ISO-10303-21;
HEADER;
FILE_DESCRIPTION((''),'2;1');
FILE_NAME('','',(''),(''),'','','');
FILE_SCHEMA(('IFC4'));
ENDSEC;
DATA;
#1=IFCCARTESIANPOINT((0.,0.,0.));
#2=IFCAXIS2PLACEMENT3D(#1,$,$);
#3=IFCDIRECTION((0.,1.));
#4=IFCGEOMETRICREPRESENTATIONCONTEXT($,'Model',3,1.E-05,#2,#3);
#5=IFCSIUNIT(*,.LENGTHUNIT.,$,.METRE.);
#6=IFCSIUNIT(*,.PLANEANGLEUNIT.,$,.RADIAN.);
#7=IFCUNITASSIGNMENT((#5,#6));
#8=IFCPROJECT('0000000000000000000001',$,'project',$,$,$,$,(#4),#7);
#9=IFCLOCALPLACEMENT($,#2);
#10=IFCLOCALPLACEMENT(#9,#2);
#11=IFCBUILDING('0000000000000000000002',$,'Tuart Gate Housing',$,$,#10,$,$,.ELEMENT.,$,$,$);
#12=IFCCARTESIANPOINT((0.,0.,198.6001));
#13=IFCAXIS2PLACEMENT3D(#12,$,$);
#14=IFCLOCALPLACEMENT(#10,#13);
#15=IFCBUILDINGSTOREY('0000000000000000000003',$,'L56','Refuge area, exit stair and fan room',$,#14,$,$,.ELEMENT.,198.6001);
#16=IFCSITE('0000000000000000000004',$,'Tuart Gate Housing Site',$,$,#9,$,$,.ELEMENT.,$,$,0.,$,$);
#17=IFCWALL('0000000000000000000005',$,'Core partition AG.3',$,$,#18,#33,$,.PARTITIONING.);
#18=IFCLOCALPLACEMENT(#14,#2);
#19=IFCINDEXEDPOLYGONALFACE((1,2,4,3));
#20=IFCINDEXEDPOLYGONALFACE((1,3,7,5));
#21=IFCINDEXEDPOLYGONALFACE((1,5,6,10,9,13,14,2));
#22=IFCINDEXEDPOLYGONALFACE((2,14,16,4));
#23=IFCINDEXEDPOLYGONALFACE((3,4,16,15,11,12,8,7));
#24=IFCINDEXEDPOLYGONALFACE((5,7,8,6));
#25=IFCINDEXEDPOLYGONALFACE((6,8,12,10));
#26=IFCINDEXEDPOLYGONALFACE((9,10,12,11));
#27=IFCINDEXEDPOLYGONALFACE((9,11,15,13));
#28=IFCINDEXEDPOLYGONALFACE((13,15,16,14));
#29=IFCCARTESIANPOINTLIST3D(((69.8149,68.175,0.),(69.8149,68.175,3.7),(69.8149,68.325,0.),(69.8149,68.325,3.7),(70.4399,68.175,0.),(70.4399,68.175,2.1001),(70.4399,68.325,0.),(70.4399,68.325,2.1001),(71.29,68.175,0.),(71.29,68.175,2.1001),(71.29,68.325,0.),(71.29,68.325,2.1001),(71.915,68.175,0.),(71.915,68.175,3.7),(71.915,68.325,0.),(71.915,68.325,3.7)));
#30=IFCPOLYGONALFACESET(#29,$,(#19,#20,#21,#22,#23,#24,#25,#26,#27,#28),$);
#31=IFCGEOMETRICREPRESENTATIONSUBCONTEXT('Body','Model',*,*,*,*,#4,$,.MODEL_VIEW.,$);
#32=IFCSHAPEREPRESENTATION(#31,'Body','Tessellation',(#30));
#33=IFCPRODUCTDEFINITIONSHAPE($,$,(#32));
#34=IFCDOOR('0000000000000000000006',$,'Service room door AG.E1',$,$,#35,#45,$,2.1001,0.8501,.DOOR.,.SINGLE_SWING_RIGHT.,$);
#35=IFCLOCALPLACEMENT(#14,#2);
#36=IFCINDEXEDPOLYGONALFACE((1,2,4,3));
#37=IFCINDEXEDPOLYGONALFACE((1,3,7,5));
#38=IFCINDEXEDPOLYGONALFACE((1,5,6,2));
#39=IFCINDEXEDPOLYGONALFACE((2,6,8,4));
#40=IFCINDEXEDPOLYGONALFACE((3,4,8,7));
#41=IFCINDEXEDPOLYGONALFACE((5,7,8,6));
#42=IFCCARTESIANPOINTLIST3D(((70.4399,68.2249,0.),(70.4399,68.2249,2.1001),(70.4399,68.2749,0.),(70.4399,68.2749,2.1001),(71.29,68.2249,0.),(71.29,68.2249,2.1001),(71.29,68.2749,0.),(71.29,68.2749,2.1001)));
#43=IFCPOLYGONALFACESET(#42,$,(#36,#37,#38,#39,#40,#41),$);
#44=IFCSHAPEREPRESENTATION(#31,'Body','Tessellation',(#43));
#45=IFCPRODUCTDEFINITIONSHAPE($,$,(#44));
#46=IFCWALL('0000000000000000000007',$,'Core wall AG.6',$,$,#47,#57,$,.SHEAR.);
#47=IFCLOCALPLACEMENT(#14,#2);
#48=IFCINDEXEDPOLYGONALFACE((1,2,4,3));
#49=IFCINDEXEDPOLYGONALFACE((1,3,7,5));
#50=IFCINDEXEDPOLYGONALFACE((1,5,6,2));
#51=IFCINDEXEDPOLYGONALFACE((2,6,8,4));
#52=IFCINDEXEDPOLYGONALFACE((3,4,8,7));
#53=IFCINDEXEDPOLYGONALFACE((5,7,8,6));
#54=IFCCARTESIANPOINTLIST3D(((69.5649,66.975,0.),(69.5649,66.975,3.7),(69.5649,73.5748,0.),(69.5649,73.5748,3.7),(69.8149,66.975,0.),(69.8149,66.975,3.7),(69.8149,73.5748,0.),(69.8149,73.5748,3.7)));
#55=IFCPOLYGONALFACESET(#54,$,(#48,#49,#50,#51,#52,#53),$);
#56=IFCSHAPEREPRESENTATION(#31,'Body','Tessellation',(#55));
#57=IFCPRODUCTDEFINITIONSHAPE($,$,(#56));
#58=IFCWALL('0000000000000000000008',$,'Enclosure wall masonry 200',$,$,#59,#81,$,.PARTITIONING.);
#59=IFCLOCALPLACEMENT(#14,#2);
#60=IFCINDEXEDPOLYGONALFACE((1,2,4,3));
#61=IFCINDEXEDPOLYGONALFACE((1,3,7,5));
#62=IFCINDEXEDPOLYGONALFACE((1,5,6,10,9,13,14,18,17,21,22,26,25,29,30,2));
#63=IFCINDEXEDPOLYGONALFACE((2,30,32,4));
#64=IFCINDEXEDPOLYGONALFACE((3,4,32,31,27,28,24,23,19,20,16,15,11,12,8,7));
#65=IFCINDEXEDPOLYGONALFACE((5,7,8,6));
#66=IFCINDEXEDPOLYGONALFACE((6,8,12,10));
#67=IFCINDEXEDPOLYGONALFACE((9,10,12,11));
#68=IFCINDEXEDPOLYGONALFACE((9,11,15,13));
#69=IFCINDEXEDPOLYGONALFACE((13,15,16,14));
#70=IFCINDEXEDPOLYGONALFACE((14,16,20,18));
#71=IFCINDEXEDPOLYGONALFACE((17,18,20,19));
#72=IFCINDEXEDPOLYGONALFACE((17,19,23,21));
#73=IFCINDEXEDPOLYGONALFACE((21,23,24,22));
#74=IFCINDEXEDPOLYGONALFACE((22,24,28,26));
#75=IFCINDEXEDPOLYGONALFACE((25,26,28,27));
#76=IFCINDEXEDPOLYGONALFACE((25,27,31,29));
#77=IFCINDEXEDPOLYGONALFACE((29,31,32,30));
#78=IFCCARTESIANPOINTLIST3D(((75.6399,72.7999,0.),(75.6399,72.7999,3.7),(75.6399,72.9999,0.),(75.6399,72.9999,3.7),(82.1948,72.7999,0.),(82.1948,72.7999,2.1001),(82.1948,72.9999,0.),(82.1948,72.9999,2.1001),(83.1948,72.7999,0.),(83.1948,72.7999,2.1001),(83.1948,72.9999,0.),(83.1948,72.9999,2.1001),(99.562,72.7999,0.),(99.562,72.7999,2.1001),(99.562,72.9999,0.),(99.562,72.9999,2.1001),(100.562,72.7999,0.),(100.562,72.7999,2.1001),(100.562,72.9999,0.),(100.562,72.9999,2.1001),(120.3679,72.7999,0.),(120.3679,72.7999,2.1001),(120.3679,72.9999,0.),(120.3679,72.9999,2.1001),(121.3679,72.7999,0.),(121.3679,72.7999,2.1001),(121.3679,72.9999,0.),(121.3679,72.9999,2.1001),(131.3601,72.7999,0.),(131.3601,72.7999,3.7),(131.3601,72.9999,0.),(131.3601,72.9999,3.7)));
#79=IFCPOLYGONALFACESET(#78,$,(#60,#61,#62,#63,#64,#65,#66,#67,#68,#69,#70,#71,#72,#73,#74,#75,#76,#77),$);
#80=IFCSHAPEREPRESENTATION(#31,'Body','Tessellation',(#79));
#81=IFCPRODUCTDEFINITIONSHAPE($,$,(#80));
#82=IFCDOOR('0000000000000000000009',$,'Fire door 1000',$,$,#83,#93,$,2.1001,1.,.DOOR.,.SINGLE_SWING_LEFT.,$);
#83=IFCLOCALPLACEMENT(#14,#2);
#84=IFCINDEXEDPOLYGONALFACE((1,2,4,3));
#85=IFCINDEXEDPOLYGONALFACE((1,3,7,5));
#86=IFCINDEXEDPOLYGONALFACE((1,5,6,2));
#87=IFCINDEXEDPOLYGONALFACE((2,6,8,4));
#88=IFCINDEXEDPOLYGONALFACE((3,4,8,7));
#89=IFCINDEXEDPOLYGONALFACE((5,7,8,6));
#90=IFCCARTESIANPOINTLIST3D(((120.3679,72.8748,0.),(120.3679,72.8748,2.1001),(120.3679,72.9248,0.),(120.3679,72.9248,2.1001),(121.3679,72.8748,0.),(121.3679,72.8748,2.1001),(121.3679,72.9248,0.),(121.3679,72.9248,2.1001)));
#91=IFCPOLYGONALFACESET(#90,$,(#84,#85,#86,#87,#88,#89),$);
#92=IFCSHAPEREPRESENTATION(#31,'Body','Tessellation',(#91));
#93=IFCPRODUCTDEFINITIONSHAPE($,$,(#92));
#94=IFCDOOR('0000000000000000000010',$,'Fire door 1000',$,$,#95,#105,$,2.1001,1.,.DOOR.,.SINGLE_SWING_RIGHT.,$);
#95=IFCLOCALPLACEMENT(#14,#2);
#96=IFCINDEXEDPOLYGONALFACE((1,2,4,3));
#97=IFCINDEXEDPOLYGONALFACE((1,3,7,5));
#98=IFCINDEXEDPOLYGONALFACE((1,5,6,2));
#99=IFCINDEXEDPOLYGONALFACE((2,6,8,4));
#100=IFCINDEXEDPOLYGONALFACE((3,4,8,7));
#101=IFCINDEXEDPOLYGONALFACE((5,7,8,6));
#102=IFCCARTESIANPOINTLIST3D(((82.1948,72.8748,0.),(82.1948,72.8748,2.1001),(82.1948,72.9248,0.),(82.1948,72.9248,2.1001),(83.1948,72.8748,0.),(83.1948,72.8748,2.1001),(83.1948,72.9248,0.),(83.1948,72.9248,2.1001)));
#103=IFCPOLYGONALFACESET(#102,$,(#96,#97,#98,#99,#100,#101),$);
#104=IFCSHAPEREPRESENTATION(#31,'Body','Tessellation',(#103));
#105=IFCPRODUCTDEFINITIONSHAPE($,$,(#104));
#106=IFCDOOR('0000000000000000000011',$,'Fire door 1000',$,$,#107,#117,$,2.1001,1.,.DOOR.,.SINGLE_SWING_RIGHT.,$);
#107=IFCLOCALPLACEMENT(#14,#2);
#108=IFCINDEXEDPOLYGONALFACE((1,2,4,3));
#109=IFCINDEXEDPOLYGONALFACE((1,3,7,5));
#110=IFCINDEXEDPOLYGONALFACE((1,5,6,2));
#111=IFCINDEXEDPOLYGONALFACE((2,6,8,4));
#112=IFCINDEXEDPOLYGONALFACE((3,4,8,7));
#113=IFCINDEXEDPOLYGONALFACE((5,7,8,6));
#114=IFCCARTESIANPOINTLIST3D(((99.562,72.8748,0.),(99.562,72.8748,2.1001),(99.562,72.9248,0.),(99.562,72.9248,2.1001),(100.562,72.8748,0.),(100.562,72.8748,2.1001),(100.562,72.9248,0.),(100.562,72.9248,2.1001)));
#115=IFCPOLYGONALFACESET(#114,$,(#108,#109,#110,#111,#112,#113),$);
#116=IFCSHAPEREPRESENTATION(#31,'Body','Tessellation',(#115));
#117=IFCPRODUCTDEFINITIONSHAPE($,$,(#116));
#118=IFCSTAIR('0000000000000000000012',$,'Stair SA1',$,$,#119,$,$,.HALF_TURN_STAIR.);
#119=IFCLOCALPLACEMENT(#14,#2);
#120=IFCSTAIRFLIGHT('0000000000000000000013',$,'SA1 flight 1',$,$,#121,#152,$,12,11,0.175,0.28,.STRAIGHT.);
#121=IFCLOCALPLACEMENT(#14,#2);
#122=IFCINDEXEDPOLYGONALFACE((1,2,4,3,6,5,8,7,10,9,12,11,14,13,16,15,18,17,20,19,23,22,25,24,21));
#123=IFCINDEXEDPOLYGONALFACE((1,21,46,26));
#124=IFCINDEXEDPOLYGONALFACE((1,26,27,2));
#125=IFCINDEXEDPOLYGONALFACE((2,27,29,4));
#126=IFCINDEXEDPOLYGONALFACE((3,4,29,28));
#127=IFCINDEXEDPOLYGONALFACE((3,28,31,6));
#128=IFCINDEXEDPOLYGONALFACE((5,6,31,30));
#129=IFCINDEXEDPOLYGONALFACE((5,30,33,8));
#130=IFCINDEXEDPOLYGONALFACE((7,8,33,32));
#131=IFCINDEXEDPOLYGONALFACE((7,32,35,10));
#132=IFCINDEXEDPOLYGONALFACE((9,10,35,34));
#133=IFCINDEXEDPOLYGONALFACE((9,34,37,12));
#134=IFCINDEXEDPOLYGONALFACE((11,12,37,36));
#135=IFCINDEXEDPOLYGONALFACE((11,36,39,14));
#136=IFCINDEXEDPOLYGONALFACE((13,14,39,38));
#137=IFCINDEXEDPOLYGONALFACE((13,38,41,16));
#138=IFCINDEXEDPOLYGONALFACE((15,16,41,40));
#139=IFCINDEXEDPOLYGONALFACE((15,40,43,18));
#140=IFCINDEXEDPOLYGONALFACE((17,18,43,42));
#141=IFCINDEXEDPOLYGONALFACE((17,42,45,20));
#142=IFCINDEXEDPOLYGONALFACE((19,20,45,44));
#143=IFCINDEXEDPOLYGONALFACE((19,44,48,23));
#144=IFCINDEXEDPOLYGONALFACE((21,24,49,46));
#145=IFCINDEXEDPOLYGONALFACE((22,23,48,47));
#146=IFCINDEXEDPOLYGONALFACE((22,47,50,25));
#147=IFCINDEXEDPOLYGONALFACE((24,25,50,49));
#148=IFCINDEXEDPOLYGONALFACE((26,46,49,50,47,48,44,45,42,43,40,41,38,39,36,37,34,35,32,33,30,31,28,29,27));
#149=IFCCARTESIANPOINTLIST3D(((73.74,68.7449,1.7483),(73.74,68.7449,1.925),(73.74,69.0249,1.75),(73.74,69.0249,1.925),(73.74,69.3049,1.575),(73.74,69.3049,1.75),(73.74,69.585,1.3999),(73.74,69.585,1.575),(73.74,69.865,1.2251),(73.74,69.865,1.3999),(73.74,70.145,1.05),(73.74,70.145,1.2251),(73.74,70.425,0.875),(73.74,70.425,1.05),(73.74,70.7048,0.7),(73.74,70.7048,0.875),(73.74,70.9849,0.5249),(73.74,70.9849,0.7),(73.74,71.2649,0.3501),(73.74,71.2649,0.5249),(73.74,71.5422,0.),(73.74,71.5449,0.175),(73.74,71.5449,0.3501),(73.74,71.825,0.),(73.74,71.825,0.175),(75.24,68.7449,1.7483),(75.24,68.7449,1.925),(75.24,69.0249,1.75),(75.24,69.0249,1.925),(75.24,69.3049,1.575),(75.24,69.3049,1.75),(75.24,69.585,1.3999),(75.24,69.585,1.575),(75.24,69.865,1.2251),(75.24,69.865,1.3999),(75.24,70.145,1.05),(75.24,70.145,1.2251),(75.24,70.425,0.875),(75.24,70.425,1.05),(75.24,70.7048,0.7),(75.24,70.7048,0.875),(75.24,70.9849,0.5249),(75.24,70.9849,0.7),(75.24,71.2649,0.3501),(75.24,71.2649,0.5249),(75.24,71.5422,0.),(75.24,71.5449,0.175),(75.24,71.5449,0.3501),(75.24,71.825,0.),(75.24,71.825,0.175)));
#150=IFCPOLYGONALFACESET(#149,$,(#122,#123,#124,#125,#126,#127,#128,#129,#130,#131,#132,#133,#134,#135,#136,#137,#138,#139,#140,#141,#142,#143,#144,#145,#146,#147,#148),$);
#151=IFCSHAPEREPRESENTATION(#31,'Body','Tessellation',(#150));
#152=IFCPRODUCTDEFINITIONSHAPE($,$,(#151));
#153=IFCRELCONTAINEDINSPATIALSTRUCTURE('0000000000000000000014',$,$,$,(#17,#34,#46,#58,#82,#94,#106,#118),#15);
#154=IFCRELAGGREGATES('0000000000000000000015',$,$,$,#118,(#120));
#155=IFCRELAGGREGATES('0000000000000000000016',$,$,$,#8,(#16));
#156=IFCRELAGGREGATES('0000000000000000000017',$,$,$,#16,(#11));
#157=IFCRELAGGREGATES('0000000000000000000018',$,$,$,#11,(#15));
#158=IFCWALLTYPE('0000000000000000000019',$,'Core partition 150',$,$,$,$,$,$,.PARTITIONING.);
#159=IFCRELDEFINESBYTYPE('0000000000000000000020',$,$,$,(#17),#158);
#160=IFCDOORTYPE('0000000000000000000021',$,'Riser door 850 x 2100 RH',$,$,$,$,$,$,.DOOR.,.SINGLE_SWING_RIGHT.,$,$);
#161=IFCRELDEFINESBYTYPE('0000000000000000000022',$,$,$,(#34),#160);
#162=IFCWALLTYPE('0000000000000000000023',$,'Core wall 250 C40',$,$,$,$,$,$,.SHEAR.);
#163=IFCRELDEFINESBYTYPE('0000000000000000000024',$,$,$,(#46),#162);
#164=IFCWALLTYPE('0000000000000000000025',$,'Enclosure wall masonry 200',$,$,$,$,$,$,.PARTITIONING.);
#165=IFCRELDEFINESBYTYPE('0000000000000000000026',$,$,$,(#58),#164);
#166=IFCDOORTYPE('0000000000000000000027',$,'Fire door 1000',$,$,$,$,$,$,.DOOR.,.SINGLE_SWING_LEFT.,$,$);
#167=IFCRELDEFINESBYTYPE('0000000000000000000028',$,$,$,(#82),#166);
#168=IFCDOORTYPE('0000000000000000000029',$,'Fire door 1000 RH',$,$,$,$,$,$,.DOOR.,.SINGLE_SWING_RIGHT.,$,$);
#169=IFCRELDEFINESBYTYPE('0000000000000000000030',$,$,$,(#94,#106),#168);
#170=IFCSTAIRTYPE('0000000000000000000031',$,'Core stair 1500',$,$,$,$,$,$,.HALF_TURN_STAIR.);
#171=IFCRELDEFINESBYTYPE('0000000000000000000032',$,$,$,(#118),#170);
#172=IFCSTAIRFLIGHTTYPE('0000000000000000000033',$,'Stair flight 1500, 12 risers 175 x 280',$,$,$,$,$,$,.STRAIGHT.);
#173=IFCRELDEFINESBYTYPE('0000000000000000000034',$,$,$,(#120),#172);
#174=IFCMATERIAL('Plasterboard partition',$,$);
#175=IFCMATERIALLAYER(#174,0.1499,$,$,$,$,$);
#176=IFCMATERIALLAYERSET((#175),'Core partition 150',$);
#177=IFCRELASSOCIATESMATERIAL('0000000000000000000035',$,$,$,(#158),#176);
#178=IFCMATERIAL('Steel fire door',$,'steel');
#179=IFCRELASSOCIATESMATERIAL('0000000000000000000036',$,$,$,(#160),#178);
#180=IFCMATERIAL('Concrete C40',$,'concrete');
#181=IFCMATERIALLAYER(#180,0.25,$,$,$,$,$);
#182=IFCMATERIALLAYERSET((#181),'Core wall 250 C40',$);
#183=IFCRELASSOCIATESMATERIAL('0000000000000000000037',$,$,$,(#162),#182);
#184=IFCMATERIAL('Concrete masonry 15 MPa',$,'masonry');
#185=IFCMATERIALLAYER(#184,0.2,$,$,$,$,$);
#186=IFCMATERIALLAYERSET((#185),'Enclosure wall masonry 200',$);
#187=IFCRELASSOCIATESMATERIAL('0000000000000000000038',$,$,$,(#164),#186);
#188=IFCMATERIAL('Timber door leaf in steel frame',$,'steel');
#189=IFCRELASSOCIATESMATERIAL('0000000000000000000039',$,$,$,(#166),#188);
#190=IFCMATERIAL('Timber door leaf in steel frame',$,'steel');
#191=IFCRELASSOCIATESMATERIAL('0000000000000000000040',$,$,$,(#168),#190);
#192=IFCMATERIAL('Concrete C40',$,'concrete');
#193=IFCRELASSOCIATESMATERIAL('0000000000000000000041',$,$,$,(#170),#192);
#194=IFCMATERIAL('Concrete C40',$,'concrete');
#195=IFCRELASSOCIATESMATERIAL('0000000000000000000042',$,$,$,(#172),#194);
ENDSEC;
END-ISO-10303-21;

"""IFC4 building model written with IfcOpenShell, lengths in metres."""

from ifc_helpers import new_model, si_unit, direction, frame, frame_2d, origin, place, context, subcontext, project, spatial, polyline, rectangle, outline, extrude, material, layer, layer_set, type_object, element, fill, aggregate, save


model = new_model("IFC4")

# Units and contexts
model_context = context("Model", 3, precision=1e-05, world=origin(), true_north=direction((0.0, 1.0)))
body_context = subcontext(model_context, "Body", "Model", "MODEL_VIEW")
ifc_project = project(units=[si_unit("LENGTHUNIT", "METRE"), si_unit("PLANEANGLEUNIT", "RADIAN")], contexts=[model_context])

# Site, building, storey
site_placement = place(None, origin())
site = spatial("IfcSite", under=ifc_project, at=site_placement, Name="Tuart Gate Housing Site", CompositionType="ELEMENT", RefElevation=0.0)
building_placement = place(site_placement, origin())
building = spatial("IfcBuilding", under=site, at=building_placement, Name="Tuart Gate Housing", CompositionType="ELEMENT")
storey_placement = place(building_placement, frame((0.0, 0.0, 198.6001)))
storey = spatial("IfcBuildingStorey", under=building, at=storey_placement, Name="L56", Description="Refuge area, exit stair and fan room", CompositionType="ELEMENT", Elevation=198.6001)

# Wall, opening, door
ifc_material_1 = material(Name="Plasterboard partition")
ifc_layer_1 = layer(ifc_material_1, 0.1499)
ifc_layer_set_1 = layer_set([ifc_layer_1], Name="Core partition 150")
wall_type_1 = type_object("IfcWallType", Name="Core partition 150", PredefinedType="PARTITIONING", material=ifc_layer_set_1)
wall_1_placement = place(storey_placement, frame((69.8149, 68.25, 0.0), z_axis=(0.0, 0.0, 1.0), x_axis=(1.0, 0.0, 0.0)))
wall_1 = element("IfcWall", 1, at=wall_1_placement, inside=storey, type_object=wall_type_1, Name="Core partition AG.3", PredefinedType="PARTITIONING", context=body_context, shape_type="SweptSolid", body=[
    extrude(rectangle(XDim=2.1001, YDim=0.1499, at=frame_2d((1.05, 0.0))), origin(), (0.0, 0.0, 1.0), 3.7),
])
opening_1_placement = place(wall_1_placement, frame((0.625, 0.0, 0.0)))
opening_1 = element("IfcOpeningElement", 2, at=opening_1_placement, cuts=wall_1, PredefinedType="OPENING", context=body_context, shape_type="SweptSolid", body=[
    extrude(rectangle(XDim=0.8501, YDim=2.1001, at=frame_2d((0.425, 1.05))), frame((0.0, 0.085, 0.0), z_axis=(0.0, -1.0, 0.0), x_axis=(1.0, 0.0, 0.0)), (0.0, 0.0, 1.0), 0.1699),
])
ifc_material_2 = material(Name="Steel fire door", Category="steel")
door_type_1 = type_object("IfcDoorType", Name="Riser door 850 x 2100 RH", OperationType="SINGLE_SWING_RIGHT", PredefinedType="DOOR", material=ifc_material_2)
door_1_placement = place(opening_1_placement, frame((0.8501, 0.0, 0.0), z_axis=(0.0, 0.0, 1.0), x_axis=(-1.0, 0.0, 0.0)))
door_1 = element("IfcDoor", 3, at=door_1_placement, inside=storey, type_object=door_type_1, Name="Service room door AG.E1", OperationType="SINGLE_SWING_RIGHT", OverallHeight=2.1001, OverallWidth=0.8501, PredefinedType="DOOR", context=body_context, shape_type="SweptSolid", body=[
    extrude(rectangle(XDim=0.8501, YDim=2.1001, at=frame_2d((0.425, 1.05))), frame((0.0, 0.0251, 0.0), z_axis=(0.0, -1.0, 0.0), x_axis=(1.0, 0.0, 0.0)), (0.0, 0.0, 1.0), 0.05),
])
fill(opening_1, door_1)

# Wall
ifc_material_3 = material(Name="Concrete C40", Category="concrete")
ifc_layer_2 = layer(ifc_material_3, 0.25)
ifc_layer_set_2 = layer_set([ifc_layer_2], Name="Core wall 250 C40")
wall_type_2 = type_object("IfcWallType", Name="Core wall 250 C40", PredefinedType="SHEAR", material=ifc_layer_set_2)
wall_2_placement = place(storey_placement, frame((69.6899, 66.9751, 0.0), z_axis=(0.0, 0.0, 1.0), x_axis=(0.0, 1.0, 0.0)))
element("IfcWall", 4, at=wall_2_placement, inside=storey, type_object=wall_type_2, Name="Core wall AG.6", PredefinedType="SHEAR", context=body_context, shape_type="SweptSolid", body=[
    extrude(rectangle(XDim=6.5999, YDim=0.25, at=frame_2d((3.2998, 0.0))), origin(), (0.0, 0.0, 1.0), 3.7),
])

# Wall, openings, doors
ifc_material_4 = material(Name="Concrete masonry 15 MPa", Category="masonry")
ifc_layer_3 = layer(ifc_material_4, 0.2)
ifc_layer_set_3 = layer_set([ifc_layer_3], Name="Enclosure wall masonry 200")
wall_type_3 = type_object("IfcWallType", Name="Enclosure wall masonry 200", PredefinedType="PARTITIONING", material=ifc_layer_set_3)
wall_3_placement = place(storey_placement, frame((75.6399, 72.8999, 0.0), z_axis=(0.0, 0.0, 1.0), x_axis=(1.0, 0.0, 0.0)))
wall_3 = element("IfcWall", 5, at=wall_3_placement, inside=storey, type_object=wall_type_3, Name="Enclosure wall masonry 200", PredefinedType="PARTITIONING", context=body_context, shape_type="SweptSolid", body=[
    extrude(rectangle(XDim=55.7202, YDim=0.2, at=frame_2d((27.8601, 0.0))), origin(), (0.0, 0.0, 1.0), 3.7),
])
opening_2_placement = place(wall_3_placement, frame((6.5549, 0.0, 0.0)))
opening_2 = element("IfcOpeningElement", 6, at=opening_2_placement, cuts=wall_3, PredefinedType="OPENING", context=body_context, shape_type="SweptSolid", body=[
    extrude(rectangle(XDim=1.0, YDim=2.1001, at=frame_2d((0.5, 1.05))), frame((0.0, 0.1099, 0.0), z_axis=(0.0, -1.0, 0.0), x_axis=(1.0, 0.0, 0.0)), (0.0, 0.0, 1.0), 0.22),
])
opening_3_placement = place(wall_3_placement, frame((23.9221, 0.0, 0.0)))
opening_3 = element("IfcOpeningElement", 7, at=opening_3_placement, cuts=wall_3, PredefinedType="OPENING", context=body_context, shape_type="SweptSolid", body=[
    extrude(rectangle(XDim=1.0, YDim=2.1001, at=frame_2d((0.5, 1.05))), frame((0.0, 0.1099, 0.0), z_axis=(0.0, -1.0, 0.0), x_axis=(1.0, 0.0, 0.0)), (0.0, 0.0, 1.0), 0.22),
])
opening_4_placement = place(wall_3_placement, frame((44.728, 0.0, 0.0)))
opening_4 = element("IfcOpeningElement", 8, at=opening_4_placement, cuts=wall_3, PredefinedType="OPENING", context=body_context, shape_type="SweptSolid", body=[
    extrude(rectangle(XDim=1.0, YDim=2.1001, at=frame_2d((0.5, 1.05))), frame((0.0, 0.1099, 0.0), z_axis=(0.0, -1.0, 0.0), x_axis=(1.0, 0.0, 0.0)), (0.0, 0.0, 1.0), 0.22),
])
ifc_material_5 = material(Name="Timber door leaf in steel frame", Category="steel")
door_type_2 = type_object("IfcDoorType", Name="Fire door 1000", OperationType="SINGLE_SWING_LEFT", PredefinedType="DOOR", material=ifc_material_5)
door_2_placement = place(opening_4_placement, frame((1.0, 0.0, 0.0), z_axis=(0.0, 0.0, 1.0), x_axis=(-1.0, 0.0, 0.0)))
door_2 = element("IfcDoor", 9, at=door_2_placement, inside=storey, type_object=door_type_2, Name="Fire door 1000", OperationType="SINGLE_SWING_LEFT", OverallHeight=2.1001, OverallWidth=1.0, PredefinedType="DOOR", context=body_context, shape_type="SweptSolid", body=[
    extrude(rectangle(XDim=1.0, YDim=2.1001, at=frame_2d((0.5, 1.05))), frame((0.0, 0.0251, 0.0), z_axis=(0.0, -1.0, 0.0), x_axis=(1.0, 0.0, 0.0)), (0.0, 0.0, 1.0), 0.05),
])
fill(opening_4, door_2)
ifc_material_6 = material(Name="Timber door leaf in steel frame", Category="steel")
door_type_3 = type_object("IfcDoorType", Name="Fire door 1000 RH", OperationType="SINGLE_SWING_RIGHT", PredefinedType="DOOR", material=ifc_material_6)
door_3_placement = place(opening_2_placement, frame((1.0, 0.0, 0.0), z_axis=(0.0, 0.0, 1.0), x_axis=(-1.0, 0.0, 0.0)))
door_3 = element("IfcDoor", 10, at=door_3_placement, inside=storey, type_object=door_type_3, Name="Fire door 1000", OperationType="SINGLE_SWING_RIGHT", OverallHeight=2.1001, OverallWidth=1.0, PredefinedType="DOOR", context=body_context, shape_type="SweptSolid", body=[
    extrude(rectangle(XDim=1.0, YDim=2.1001, at=frame_2d((0.5, 1.05))), frame((0.0, 0.0251, 0.0), z_axis=(0.0, -1.0, 0.0), x_axis=(1.0, 0.0, 0.0)), (0.0, 0.0, 1.0), 0.05),
])
fill(opening_2, door_3)
door_4_placement = place(opening_3_placement, frame((1.0, 0.0, 0.0), z_axis=(0.0, 0.0, 1.0), x_axis=(-1.0, 0.0, 0.0)))
door_4 = element("IfcDoor", 11, at=door_4_placement, inside=storey, type_object=door_type_3, Name="Fire door 1000", OperationType="SINGLE_SWING_RIGHT", OverallHeight=2.1001, OverallWidth=1.0, PredefinedType="DOOR", context=body_context, shape_type="SweptSolid", body=[
    extrude(rectangle(XDim=1.0, YDim=2.1001, at=frame_2d((0.5, 1.05))), frame((0.0, 0.0251, 0.0), z_axis=(0.0, -1.0, 0.0), x_axis=(1.0, 0.0, 0.0)), (0.0, 0.0, 1.0), 0.05),
])
fill(opening_3, door_4)

# Stair, stair flight
ifc_material_7 = material(Name="Concrete C40", Category="concrete")
stair_type = type_object("IfcStairType", Name="Core stair 1500", PredefinedType="HALF_TURN_STAIR", material=ifc_material_7)
stair_placement = place(storey_placement, origin())
stair = element("IfcStair", 12, at=stair_placement, inside=storey, type_object=stair_type, Name="Stair SA1", PredefinedType="HALF_TURN_STAIR")
ifc_material_8 = material(Name="Concrete C40", Category="concrete")
stair_flight_type = type_object("IfcStairFlightType", Name="Stair flight 1500, 12 risers 175 x 280", PredefinedType="STRAIGHT", material=ifc_material_8)
stair_flight_1_placement = place(storey_placement, frame((74.49, 71.825, 0.0), z_axis=(0.0, 0.0, 1.0), x_axis=(0.0, -1.0, 0.0)))
stair_flight_1 = element("IfcStairFlight", 13, at=stair_flight_1_placement, type_object=stair_flight_type, Name="SA1 flight 1", NumberOfRisers=12, NumberOfTreads=11, PredefinedType="STRAIGHT", RiserHeight=0.175, TreadLength=0.28, context=body_context, shape_type="SweptSolid", body=[
    extrude(outline(polyline([(0.0, 0.0), (0.0, 0.175), (0.28, 0.175), (0.28, 0.3501), (0.5601, 0.3501), (0.5601, 0.5249), (0.8401, 0.5249), (0.8401, 0.7), (1.1201, 0.7), (1.1201, 0.875), (1.3999, 0.875), (1.3999, 1.05), (1.6799, 1.05), (1.6799, 1.2251), (1.96, 1.2251), (1.96, 1.3999), (2.24, 1.3999), (2.24, 1.575), (2.52, 1.575), (2.52, 1.75), (2.8, 1.75), (2.8, 1.925), (3.0801, 1.925), (3.0801, 2.1001), (3.0801, 1.7483), (0.2827, 0.0), (0.0, 0.0)])), frame((0.0, 0.75, 0.0), z_axis=(0.0, -1.0, 0.0), x_axis=(1.0, 0.0, 0.0)), (0.0, 0.0, 1.0), 1.5),
])
aggregate(stair, [stair_flight_1])

save(model, "model.ifc")
